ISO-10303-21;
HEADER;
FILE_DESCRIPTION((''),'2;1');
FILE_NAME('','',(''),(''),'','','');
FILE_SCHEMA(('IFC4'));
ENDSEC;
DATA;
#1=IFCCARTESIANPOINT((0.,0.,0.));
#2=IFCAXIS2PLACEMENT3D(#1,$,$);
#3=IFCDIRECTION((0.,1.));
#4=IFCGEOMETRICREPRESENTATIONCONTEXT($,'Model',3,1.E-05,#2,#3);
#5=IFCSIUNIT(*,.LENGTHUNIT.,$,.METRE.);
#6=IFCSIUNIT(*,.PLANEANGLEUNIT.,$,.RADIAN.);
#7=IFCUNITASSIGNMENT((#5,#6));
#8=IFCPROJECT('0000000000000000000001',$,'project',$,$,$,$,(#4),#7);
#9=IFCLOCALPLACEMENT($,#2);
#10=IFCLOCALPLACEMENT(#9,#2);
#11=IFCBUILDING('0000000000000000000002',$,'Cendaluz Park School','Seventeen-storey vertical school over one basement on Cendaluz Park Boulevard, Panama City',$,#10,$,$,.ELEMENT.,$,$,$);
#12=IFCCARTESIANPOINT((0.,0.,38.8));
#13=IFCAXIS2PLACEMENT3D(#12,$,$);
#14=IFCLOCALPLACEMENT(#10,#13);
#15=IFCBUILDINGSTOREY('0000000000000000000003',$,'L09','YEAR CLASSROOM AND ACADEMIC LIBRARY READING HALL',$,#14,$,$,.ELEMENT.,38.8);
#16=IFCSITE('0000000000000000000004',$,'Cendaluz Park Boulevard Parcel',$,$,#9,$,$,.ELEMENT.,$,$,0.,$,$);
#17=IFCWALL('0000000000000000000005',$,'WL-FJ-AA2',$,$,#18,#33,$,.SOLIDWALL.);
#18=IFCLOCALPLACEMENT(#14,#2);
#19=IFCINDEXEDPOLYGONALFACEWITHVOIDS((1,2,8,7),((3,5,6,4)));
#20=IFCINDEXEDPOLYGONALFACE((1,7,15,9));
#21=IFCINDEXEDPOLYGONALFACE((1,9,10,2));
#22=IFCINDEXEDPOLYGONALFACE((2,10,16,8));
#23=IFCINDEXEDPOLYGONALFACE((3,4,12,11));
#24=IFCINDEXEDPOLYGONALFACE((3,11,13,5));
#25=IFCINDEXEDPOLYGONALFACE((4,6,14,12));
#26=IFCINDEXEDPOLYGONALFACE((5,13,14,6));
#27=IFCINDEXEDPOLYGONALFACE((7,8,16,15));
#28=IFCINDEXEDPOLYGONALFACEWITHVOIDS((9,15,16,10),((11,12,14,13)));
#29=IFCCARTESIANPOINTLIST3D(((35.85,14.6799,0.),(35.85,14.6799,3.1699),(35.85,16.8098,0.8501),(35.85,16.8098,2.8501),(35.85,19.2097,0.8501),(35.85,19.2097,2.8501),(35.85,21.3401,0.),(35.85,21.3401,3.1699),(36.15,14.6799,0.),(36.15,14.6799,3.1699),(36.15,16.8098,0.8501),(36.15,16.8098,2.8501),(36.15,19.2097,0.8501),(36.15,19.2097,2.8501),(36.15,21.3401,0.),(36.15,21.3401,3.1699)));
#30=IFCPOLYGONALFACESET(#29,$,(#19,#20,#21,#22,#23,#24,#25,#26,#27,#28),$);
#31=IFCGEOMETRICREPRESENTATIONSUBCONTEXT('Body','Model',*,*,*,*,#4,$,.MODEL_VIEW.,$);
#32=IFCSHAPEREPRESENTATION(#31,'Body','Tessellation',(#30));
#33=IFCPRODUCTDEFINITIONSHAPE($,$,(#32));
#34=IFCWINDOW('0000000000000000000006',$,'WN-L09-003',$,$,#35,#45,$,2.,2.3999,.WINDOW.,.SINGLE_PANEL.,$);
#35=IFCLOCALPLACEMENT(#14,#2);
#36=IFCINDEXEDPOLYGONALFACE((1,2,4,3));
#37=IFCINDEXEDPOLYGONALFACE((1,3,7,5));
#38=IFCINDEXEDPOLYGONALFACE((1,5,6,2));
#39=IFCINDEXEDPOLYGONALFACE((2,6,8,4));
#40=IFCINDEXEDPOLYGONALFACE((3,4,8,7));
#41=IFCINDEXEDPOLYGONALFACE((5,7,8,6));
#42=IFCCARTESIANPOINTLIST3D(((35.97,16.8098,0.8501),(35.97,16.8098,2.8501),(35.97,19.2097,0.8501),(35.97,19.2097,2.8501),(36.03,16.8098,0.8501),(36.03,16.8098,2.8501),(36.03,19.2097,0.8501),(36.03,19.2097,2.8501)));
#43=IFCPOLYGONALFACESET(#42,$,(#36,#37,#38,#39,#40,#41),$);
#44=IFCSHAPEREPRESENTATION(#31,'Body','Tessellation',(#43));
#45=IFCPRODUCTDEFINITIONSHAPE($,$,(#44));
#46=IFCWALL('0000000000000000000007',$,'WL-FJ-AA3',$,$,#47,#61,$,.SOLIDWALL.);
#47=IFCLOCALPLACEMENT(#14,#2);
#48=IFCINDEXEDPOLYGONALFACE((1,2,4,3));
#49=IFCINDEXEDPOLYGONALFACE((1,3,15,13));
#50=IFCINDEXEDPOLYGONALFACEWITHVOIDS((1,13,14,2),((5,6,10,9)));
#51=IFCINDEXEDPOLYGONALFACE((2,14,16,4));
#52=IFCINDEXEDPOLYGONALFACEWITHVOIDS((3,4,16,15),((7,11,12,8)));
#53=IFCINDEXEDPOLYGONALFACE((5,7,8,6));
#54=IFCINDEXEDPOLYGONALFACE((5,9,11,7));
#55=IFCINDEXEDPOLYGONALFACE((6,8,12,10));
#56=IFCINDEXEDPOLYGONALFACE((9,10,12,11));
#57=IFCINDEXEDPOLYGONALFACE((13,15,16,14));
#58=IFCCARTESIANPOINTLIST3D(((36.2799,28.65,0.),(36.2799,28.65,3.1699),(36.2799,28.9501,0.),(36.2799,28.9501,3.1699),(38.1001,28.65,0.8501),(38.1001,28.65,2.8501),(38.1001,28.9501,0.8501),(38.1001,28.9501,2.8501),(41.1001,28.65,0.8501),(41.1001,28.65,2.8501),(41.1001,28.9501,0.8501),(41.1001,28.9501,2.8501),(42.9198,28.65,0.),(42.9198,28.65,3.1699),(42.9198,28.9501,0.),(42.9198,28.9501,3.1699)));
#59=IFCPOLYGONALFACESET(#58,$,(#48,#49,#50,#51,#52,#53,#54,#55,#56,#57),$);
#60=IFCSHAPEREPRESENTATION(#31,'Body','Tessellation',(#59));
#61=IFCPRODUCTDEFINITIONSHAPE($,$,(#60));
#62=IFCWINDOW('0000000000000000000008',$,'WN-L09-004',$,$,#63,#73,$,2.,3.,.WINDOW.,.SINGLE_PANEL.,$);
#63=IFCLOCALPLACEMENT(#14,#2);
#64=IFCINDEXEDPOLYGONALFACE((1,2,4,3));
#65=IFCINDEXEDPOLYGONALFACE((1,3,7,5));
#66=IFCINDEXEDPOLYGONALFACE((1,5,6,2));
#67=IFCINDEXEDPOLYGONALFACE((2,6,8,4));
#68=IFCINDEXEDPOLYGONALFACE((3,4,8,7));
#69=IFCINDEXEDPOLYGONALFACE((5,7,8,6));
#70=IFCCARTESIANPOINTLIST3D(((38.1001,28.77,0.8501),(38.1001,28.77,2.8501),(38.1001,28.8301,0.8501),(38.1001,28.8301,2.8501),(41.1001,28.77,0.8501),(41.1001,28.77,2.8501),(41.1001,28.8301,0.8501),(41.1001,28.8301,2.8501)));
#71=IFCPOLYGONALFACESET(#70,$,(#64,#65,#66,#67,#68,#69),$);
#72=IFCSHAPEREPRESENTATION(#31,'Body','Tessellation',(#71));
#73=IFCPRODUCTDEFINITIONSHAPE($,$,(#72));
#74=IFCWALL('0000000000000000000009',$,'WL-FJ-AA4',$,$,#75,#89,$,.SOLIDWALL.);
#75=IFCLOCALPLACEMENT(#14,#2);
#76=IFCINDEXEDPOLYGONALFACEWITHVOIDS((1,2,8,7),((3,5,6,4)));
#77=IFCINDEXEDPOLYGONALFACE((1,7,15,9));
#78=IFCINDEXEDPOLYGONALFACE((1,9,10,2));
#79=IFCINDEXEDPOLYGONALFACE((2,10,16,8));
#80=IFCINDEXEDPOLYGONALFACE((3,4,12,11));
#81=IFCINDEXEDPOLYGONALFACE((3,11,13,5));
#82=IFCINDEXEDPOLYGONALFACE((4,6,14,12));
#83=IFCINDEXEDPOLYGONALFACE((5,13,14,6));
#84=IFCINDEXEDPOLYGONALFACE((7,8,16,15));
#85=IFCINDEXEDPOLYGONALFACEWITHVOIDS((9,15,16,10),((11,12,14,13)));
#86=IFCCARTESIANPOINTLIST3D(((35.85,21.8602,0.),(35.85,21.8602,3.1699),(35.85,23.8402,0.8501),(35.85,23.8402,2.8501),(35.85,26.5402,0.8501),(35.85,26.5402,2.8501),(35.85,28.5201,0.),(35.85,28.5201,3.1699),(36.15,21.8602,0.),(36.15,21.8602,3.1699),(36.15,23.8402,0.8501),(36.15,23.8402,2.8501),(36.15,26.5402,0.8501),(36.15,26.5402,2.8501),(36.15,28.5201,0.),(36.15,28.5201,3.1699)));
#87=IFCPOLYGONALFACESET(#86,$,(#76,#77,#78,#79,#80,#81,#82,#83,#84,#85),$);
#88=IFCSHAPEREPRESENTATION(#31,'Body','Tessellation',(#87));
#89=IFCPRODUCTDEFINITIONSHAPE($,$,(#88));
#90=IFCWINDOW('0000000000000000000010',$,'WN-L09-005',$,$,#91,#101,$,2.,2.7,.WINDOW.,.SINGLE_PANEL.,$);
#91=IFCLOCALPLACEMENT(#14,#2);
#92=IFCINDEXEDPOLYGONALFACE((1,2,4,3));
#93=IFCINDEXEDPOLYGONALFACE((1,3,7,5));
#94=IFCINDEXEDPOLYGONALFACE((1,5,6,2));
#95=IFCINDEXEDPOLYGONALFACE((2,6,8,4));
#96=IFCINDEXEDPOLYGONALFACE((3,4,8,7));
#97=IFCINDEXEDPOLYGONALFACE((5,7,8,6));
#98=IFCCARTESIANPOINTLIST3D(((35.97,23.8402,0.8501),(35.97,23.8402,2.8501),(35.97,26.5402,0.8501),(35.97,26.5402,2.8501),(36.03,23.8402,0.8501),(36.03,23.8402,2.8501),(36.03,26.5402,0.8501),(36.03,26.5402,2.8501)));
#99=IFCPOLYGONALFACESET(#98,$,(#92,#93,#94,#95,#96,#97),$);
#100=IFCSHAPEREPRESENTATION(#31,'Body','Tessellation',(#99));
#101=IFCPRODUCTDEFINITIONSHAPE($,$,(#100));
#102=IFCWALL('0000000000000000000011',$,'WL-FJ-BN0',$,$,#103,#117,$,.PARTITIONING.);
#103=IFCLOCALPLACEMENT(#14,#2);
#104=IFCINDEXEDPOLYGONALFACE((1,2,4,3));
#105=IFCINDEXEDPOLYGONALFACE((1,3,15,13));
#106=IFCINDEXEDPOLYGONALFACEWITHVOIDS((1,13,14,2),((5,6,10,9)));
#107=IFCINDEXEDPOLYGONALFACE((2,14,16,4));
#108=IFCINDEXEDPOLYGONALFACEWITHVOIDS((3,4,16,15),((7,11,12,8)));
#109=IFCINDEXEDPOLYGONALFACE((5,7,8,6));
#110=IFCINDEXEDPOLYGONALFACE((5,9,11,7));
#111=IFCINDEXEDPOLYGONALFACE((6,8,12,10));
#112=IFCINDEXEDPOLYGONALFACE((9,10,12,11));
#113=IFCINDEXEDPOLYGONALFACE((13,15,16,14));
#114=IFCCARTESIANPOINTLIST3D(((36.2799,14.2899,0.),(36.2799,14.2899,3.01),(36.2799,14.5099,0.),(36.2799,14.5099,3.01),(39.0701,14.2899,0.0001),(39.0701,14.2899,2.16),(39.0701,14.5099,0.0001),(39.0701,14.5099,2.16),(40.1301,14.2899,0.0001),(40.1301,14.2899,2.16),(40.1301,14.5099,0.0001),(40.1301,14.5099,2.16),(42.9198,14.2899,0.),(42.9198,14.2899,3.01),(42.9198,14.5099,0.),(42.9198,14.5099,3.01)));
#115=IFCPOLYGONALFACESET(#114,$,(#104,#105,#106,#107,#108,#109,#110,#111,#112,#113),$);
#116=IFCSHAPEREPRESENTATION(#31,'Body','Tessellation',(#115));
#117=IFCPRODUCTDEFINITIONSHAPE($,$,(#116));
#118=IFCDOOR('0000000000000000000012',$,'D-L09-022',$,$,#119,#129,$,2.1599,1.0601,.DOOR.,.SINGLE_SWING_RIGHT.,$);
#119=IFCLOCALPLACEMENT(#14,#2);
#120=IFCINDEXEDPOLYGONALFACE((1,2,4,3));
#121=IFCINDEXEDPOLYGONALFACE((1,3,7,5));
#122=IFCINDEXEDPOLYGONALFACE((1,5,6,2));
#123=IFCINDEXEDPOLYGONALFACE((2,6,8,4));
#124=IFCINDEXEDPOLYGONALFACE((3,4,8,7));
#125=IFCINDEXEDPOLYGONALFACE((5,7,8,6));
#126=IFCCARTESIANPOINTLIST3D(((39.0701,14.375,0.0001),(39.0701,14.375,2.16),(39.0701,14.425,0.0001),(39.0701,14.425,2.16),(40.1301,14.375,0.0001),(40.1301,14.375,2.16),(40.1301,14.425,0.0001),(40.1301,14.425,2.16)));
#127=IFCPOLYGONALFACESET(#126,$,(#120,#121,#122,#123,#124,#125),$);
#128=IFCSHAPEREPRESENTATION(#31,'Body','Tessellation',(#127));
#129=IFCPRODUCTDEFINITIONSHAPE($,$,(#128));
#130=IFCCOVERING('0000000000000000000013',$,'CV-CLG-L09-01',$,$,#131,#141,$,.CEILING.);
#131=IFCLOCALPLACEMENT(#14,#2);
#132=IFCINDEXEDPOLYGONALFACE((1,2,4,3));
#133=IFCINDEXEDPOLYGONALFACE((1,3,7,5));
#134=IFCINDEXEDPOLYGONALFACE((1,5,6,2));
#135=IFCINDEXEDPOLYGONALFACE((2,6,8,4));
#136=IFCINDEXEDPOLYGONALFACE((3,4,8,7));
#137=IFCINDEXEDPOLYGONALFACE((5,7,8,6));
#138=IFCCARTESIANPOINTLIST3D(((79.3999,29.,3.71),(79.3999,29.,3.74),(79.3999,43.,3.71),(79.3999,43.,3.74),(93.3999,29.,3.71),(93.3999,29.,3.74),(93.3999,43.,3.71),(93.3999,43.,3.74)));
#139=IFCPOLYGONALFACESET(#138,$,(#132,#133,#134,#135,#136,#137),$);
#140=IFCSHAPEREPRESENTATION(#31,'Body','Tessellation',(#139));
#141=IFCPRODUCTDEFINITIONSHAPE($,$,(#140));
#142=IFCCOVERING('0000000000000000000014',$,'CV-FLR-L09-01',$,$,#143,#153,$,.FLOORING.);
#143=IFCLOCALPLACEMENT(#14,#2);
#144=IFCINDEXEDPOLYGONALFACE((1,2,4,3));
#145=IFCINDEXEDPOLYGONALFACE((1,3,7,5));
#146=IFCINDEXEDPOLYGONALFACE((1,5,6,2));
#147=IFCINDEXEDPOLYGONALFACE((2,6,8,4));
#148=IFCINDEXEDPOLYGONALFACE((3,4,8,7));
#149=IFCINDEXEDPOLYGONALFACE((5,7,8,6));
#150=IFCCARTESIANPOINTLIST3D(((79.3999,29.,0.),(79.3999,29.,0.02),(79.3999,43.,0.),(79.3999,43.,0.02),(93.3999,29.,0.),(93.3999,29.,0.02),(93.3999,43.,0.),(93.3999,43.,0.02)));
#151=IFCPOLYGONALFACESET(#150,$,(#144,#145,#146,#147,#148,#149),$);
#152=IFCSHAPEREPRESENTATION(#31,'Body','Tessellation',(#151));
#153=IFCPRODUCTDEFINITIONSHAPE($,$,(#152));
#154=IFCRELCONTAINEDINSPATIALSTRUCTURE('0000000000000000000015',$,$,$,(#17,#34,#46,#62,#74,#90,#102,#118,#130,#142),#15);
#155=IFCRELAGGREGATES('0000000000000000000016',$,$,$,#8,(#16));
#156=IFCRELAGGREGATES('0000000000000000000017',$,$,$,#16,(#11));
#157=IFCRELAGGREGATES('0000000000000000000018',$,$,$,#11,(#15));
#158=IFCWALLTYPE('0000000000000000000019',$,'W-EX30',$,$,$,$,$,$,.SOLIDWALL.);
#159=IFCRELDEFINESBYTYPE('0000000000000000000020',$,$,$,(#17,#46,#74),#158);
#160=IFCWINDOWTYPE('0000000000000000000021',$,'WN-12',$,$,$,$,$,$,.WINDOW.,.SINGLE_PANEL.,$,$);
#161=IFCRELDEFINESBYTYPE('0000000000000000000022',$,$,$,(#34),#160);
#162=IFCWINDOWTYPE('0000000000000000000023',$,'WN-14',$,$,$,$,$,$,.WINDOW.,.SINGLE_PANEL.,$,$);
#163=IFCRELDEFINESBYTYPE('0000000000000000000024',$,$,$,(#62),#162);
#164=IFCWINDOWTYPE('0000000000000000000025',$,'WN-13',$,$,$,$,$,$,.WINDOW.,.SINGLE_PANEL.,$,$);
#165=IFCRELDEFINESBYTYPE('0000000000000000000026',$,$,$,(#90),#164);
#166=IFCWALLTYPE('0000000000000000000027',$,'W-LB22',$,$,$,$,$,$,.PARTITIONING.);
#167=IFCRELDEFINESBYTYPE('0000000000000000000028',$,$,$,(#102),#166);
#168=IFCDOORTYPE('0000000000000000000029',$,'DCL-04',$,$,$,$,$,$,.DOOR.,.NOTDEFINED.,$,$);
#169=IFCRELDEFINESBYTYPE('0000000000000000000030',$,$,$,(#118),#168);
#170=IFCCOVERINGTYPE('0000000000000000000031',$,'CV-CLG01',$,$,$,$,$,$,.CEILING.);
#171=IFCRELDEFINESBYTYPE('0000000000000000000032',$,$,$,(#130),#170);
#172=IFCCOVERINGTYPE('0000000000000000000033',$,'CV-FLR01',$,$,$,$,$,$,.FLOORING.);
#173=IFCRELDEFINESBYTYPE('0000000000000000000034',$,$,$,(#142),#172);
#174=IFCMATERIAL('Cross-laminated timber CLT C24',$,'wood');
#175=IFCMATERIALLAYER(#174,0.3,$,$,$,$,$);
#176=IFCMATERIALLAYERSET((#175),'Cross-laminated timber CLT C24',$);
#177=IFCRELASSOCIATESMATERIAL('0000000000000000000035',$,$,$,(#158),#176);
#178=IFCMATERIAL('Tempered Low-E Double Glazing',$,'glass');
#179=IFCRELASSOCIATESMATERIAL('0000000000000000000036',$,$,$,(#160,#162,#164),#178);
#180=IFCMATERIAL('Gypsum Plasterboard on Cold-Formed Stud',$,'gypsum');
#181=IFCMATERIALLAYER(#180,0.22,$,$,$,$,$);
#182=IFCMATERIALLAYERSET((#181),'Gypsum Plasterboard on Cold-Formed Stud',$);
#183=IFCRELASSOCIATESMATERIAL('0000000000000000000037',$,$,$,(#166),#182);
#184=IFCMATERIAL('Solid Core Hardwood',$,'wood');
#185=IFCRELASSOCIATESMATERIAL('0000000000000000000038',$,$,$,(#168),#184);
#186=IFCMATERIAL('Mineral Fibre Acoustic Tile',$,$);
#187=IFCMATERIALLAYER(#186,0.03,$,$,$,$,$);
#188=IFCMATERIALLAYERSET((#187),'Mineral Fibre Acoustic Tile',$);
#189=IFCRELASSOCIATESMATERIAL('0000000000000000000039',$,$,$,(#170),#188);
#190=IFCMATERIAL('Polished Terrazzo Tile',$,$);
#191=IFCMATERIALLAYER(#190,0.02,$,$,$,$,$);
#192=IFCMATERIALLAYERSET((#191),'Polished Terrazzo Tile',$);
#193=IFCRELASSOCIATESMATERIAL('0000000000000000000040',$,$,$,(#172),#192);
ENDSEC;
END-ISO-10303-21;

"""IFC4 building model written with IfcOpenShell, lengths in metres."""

from ifc_helpers import new_model, si_unit, direction, frame, frame_2d, origin, place, context, subcontext, project, spatial, polyline, rectangle, outline, extrude, material, layer, layer_set, type_object, element, fill, save


model = new_model("IFC4")

# Units and contexts
model_context = context("Model", 3, precision=1e-05, world=origin(), true_north=direction((0.0, 1.0)))
body_context = subcontext(model_context, "Body", "Model", "MODEL_VIEW")
ifc_project = project(units=[si_unit("LENGTHUNIT", "METRE"), si_unit("PLANEANGLEUNIT", "RADIAN")], contexts=[model_context])

# Site, building, storey
site_placement = place(None, origin())
site = spatial("IfcSite", under=ifc_project, at=site_placement, Name="Cendaluz Park Boulevard Parcel", CompositionType="ELEMENT", RefElevation=0.0)
building_placement = place(site_placement, origin())
building = spatial("IfcBuilding", under=site, at=building_placement, Name="Cendaluz Park School", Description="Seventeen-storey vertical school over one basement on Cendaluz Park Boulevard, Panama City", CompositionType="ELEMENT")
storey_placement = place(building_placement, frame((0.0, 0.0, 38.8)))
storey = spatial("IfcBuildingStorey", under=building, at=storey_placement, Name="L09", Description="YEAR CLASSROOM AND ACADEMIC LIBRARY READING HALL", CompositionType="ELEMENT", Elevation=38.8)

# Shared definitions
ifc_material_1 = material(Name="Cross-laminated timber CLT C24", Category="wood")

# Walls, openings, windows
ifc_layer_1 = layer(ifc_material_1, 0.3)
ifc_layer_set_1 = layer_set([ifc_layer_1], Name="Cross-laminated timber CLT C24")
wall_type_1 = type_object("IfcWallType", Name="W-EX30", PredefinedType="SOLIDWALL", material=ifc_layer_set_1)
ifc_material_2 = material(Name="Tempered Low-E Double Glazing", Category="glass")
wall_1_placement = place(storey_placement, frame((36.0, 14.6799, 0.0), z_axis=(0.0, 0.0, 1.0), x_axis=(0.0, 1.0, 0.0)))
wall_1 = element("IfcWall", 1, at=wall_1_placement, inside=storey, type_object=wall_type_1, Name="WL-FJ-AA2", PredefinedType="SOLIDWALL", context=body_context, shape_type="SweptSolid", body=[
    extrude(rectangle(XDim=6.6602, YDim=0.3, at=frame_2d((3.3301, 0.0))), origin(), (0.0, 0.0, 1.0), 3.1699),
])
opening_1_placement = place(wall_1_placement, frame((2.1299, 0.0, 0.8501)))
opening_1 = element("IfcOpeningElement", 2, at=opening_1_placement, cuts=wall_1, PredefinedType="OPENING", context=body_context, shape_type="SweptSolid", body=[
    extrude(rectangle(XDim=2.3999, YDim=2.0, at=frame_2d((1.2, 1.0))), frame((0.0, 0.1621, 0.0), z_axis=(0.0, -1.0, 0.0), x_axis=(1.0, 0.0, 0.0)), (0.0, 0.0, 1.0), 0.324),
])
window_type_1 = type_object("IfcWindowType", Name="WN-12", PartitioningType="SINGLE_PANEL", PredefinedType="WINDOW", material=ifc_material_2)
window_1_placement = place(opening_1_placement, origin())
window_1 = element("IfcWindow", 3, at=window_1_placement, inside=storey, type_object=window_type_1, Name="WN-L09-003", OverallHeight=2.0, OverallWidth=2.3999, PartitioningType="SINGLE_PANEL", PredefinedType="WINDOW", context=body_context, shape_type="SweptSolid", body=[
    extrude(rectangle(XDim=2.3999, YDim=2.0, at=frame_2d((1.2, 1.0))), frame((0.0, 0.03, 0.0), z_axis=(0.0, -1.0, 0.0), x_axis=(1.0, 0.0, 0.0)), (0.0, 0.0, 1.0), 0.0601),
])
fill(opening_1, window_1)
wall_2_placement = place(storey_placement, frame((36.28, 28.8, 0.0), z_axis=(0.0, 0.0, 1.0), x_axis=(1.0, 0.0, 0.0)))
wall_2 = element("IfcWall", 4, at=wall_2_placement, inside=storey, type_object=wall_type_1, Name="WL-FJ-AA3", PredefinedType="SOLIDWALL", context=body_context, shape_type="SweptSolid", body=[
    extrude(rectangle(XDim=6.6399, YDim=0.3, at=frame_2d((3.3198, 0.0))), origin(), (0.0, 0.0, 1.0), 3.1699),
])
opening_2_placement = place(wall_2_placement, frame((1.8201, 0.0, 0.8501)))
opening_2 = element("IfcOpeningElement", 5, at=opening_2_placement, cuts=wall_2, PredefinedType="OPENING", context=body_context, shape_type="SweptSolid", body=[
    extrude(rectangle(XDim=3.0, YDim=2.0, at=frame_2d((1.5, 1.0))), frame((0.0, 0.1621, 0.0), z_axis=(0.0, -1.0, 0.0), x_axis=(1.0, 0.0, 0.0)), (0.0, 0.0, 1.0), 0.324),
])
window_type_2 = type_object("IfcWindowType", Name="WN-14", PartitioningType="SINGLE_PANEL", PredefinedType="WINDOW", material=ifc_material_2)
window_2_placement = place(opening_2_placement, origin())
window_2 = element("IfcWindow", 6, at=window_2_placement, inside=storey, type_object=window_type_2, Name="WN-L09-004", OverallHeight=2.0, OverallWidth=3.0, PartitioningType="SINGLE_PANEL", PredefinedType="WINDOW", context=body_context, shape_type="SweptSolid", body=[
    extrude(rectangle(XDim=3.0, YDim=2.0, at=frame_2d((1.5, 1.0))), frame((0.0, 0.03, 0.0), z_axis=(0.0, -1.0, 0.0), x_axis=(1.0, 0.0, 0.0)), (0.0, 0.0, 1.0), 0.0601),
])
fill(opening_2, window_2)
wall_3_placement = place(storey_placement, frame((36.0, 21.8601, 0.0), z_axis=(0.0, 0.0, 1.0), x_axis=(0.0, 1.0, 0.0)))
wall_3 = element("IfcWall", 7, at=wall_3_placement, inside=storey, type_object=wall_type_1, Name="WL-FJ-AA4", PredefinedType="SOLIDWALL", context=body_context, shape_type="SweptSolid", body=[
    extrude(rectangle(XDim=6.6599, YDim=0.3, at=frame_2d((3.3301, 0.0))), origin(), (0.0, 0.0, 1.0), 3.1699),
])
opening_3_placement = place(wall_3_placement, frame((1.98, 0.0, 0.8501)))
opening_3 = element("IfcOpeningElement", 8, at=opening_3_placement, cuts=wall_3, PredefinedType="OPENING", context=body_context, shape_type="SweptSolid", body=[
    extrude(rectangle(XDim=2.7, YDim=2.0, at=frame_2d((1.3501, 1.0))), frame((0.0, 0.1621, 0.0), z_axis=(0.0, -1.0, 0.0), x_axis=(1.0, 0.0, 0.0)), (0.0, 0.0, 1.0), 0.324),
])
window_type_3 = type_object("IfcWindowType", Name="WN-13", PartitioningType="SINGLE_PANEL", PredefinedType="WINDOW", material=ifc_material_2)
window_3_placement = place(opening_3_placement, origin())
window_3 = element("IfcWindow", 9, at=window_3_placement, inside=storey, type_object=window_type_3, Name="WN-L09-005", OverallHeight=2.0, OverallWidth=2.7, PartitioningType="SINGLE_PANEL", PredefinedType="WINDOW", context=body_context, shape_type="SweptSolid", body=[
    extrude(rectangle(XDim=2.7, YDim=2.0, at=frame_2d((1.3501, 1.0))), frame((0.0, 0.03, 0.0), z_axis=(0.0, -1.0, 0.0), x_axis=(1.0, 0.0, 0.0)), (0.0, 0.0, 1.0), 0.0601),
])
fill(opening_3, window_3)

# Wall, opening, door
ifc_material_3 = material(Name="Gypsum Plasterboard on Cold-Formed Stud", Category="gypsum")
ifc_layer_2 = layer(ifc_material_3, 0.22)
ifc_layer_set_2 = layer_set([ifc_layer_2], Name="Gypsum Plasterboard on Cold-Formed Stud")
wall_type_2 = type_object("IfcWallType", Name="W-LB22", PredefinedType="PARTITIONING", material=ifc_layer_set_2)
wall_4_placement = place(storey_placement, frame((36.28, 14.3999, 0.0), z_axis=(0.0, 0.0, 1.0), x_axis=(1.0, 0.0, 0.0)))
wall_4 = element("IfcWall", 10, at=wall_4_placement, inside=storey, type_object=wall_type_2, Name="WL-FJ-BN0", PredefinedType="PARTITIONING", context=body_context, shape_type="SweptSolid", body=[
    extrude(rectangle(XDim=6.6399, YDim=0.22, at=frame_2d((3.3198, 0.0))), origin(), (0.0, 0.0, 1.0), 3.01),
])
opening_4_placement = place(wall_4_placement, frame((2.79, 0.0, 0.0)))
opening_4 = element("IfcOpeningElement", 11, at=opening_4_placement, cuts=wall_4, PredefinedType="OPENING", context=body_context, shape_type="SweptSolid", body=[
    extrude(rectangle(XDim=1.0601, YDim=2.1599, at=frame_2d((0.53, 1.0801))), frame((0.0, 0.1221, 0.0), z_axis=(0.0, -1.0, 0.0), x_axis=(1.0, 0.0, 0.0)), (0.0, 0.0, 1.0), 0.2439),
])
ifc_material_4 = material(Name="Solid Core Hardwood", Category="wood")
door_type = type_object("IfcDoorType", Name="DCL-04", OperationType="NOTDEFINED", PredefinedType="DOOR", material=ifc_material_4)
door_placement = place(opening_4_placement, frame((1.0601, 0.0, 0.0), z_axis=(0.0, 0.0, 1.0), x_axis=(-1.0, 0.0, 0.0)))
door = element("IfcDoor", 12, at=door_placement, inside=storey, type_object=door_type, Name="D-L09-022", OperationType="SINGLE_SWING_RIGHT", OverallHeight=2.1599, OverallWidth=1.0601, PredefinedType="DOOR", context=body_context, shape_type="SweptSolid", body=[
    extrude(rectangle(XDim=1.0601, YDim=2.1599, at=frame_2d((0.53, 1.0801))), frame((0.0, 0.0249, 0.0), z_axis=(0.0, -1.0, 0.0), x_axis=(1.0, 0.0, 0.0)), (0.0, 0.0, 1.0), 0.05),
])
fill(opening_4, door)

# Coverings
ifc_material_5 = material(Name="Mineral Fibre Acoustic Tile")
ifc_layer_3 = layer(ifc_material_5, 0.03)
ifc_layer_set_3 = layer_set([ifc_layer_3], Name="Mineral Fibre Acoustic Tile")
covering_type_1 = type_object("IfcCoveringType", Name="CV-CLG01", PredefinedType="CEILING", material=ifc_layer_set_3)
covering_1_placement = place(storey_placement, frame((0.0, 0.0, 3.71)))
element("IfcCovering", 13, at=covering_1_placement, inside=storey, type_object=covering_type_1, Name="CV-CLG-L09-01", PredefinedType="CEILING", context=body_context, shape_type="SweptSolid", body=[
    extrude(outline(polyline([(79.3999, 29.0), (93.3999, 29.0), (93.3999, 43.0), (79.3999, 43.0), (79.3999, 29.0)])), origin(), (0.0, 0.0, 1.0), 0.03),
])
ifc_material_6 = material(Name="Polished Terrazzo Tile")
ifc_layer_4 = layer(ifc_material_6, 0.02)
ifc_layer_set_4 = layer_set([ifc_layer_4], Name="Polished Terrazzo Tile")
covering_type_2 = type_object("IfcCoveringType", Name="CV-FLR01", PredefinedType="FLOORING", material=ifc_layer_set_4)
covering_2_placement = place(storey_placement, origin())
element("IfcCovering", 14, at=covering_2_placement, inside=storey, type_object=covering_type_2, Name="CV-FLR-L09-01", PredefinedType="FLOORING", context=body_context, shape_type="SweptSolid", body=[
    extrude(outline(polyline([(79.3999, 29.0), (93.3999, 29.0), (93.3999, 43.0), (79.3999, 43.0), (79.3999, 29.0)])), origin(), (0.0, 0.0, 1.0), 0.02),
])

save(model, "model.ifc")
